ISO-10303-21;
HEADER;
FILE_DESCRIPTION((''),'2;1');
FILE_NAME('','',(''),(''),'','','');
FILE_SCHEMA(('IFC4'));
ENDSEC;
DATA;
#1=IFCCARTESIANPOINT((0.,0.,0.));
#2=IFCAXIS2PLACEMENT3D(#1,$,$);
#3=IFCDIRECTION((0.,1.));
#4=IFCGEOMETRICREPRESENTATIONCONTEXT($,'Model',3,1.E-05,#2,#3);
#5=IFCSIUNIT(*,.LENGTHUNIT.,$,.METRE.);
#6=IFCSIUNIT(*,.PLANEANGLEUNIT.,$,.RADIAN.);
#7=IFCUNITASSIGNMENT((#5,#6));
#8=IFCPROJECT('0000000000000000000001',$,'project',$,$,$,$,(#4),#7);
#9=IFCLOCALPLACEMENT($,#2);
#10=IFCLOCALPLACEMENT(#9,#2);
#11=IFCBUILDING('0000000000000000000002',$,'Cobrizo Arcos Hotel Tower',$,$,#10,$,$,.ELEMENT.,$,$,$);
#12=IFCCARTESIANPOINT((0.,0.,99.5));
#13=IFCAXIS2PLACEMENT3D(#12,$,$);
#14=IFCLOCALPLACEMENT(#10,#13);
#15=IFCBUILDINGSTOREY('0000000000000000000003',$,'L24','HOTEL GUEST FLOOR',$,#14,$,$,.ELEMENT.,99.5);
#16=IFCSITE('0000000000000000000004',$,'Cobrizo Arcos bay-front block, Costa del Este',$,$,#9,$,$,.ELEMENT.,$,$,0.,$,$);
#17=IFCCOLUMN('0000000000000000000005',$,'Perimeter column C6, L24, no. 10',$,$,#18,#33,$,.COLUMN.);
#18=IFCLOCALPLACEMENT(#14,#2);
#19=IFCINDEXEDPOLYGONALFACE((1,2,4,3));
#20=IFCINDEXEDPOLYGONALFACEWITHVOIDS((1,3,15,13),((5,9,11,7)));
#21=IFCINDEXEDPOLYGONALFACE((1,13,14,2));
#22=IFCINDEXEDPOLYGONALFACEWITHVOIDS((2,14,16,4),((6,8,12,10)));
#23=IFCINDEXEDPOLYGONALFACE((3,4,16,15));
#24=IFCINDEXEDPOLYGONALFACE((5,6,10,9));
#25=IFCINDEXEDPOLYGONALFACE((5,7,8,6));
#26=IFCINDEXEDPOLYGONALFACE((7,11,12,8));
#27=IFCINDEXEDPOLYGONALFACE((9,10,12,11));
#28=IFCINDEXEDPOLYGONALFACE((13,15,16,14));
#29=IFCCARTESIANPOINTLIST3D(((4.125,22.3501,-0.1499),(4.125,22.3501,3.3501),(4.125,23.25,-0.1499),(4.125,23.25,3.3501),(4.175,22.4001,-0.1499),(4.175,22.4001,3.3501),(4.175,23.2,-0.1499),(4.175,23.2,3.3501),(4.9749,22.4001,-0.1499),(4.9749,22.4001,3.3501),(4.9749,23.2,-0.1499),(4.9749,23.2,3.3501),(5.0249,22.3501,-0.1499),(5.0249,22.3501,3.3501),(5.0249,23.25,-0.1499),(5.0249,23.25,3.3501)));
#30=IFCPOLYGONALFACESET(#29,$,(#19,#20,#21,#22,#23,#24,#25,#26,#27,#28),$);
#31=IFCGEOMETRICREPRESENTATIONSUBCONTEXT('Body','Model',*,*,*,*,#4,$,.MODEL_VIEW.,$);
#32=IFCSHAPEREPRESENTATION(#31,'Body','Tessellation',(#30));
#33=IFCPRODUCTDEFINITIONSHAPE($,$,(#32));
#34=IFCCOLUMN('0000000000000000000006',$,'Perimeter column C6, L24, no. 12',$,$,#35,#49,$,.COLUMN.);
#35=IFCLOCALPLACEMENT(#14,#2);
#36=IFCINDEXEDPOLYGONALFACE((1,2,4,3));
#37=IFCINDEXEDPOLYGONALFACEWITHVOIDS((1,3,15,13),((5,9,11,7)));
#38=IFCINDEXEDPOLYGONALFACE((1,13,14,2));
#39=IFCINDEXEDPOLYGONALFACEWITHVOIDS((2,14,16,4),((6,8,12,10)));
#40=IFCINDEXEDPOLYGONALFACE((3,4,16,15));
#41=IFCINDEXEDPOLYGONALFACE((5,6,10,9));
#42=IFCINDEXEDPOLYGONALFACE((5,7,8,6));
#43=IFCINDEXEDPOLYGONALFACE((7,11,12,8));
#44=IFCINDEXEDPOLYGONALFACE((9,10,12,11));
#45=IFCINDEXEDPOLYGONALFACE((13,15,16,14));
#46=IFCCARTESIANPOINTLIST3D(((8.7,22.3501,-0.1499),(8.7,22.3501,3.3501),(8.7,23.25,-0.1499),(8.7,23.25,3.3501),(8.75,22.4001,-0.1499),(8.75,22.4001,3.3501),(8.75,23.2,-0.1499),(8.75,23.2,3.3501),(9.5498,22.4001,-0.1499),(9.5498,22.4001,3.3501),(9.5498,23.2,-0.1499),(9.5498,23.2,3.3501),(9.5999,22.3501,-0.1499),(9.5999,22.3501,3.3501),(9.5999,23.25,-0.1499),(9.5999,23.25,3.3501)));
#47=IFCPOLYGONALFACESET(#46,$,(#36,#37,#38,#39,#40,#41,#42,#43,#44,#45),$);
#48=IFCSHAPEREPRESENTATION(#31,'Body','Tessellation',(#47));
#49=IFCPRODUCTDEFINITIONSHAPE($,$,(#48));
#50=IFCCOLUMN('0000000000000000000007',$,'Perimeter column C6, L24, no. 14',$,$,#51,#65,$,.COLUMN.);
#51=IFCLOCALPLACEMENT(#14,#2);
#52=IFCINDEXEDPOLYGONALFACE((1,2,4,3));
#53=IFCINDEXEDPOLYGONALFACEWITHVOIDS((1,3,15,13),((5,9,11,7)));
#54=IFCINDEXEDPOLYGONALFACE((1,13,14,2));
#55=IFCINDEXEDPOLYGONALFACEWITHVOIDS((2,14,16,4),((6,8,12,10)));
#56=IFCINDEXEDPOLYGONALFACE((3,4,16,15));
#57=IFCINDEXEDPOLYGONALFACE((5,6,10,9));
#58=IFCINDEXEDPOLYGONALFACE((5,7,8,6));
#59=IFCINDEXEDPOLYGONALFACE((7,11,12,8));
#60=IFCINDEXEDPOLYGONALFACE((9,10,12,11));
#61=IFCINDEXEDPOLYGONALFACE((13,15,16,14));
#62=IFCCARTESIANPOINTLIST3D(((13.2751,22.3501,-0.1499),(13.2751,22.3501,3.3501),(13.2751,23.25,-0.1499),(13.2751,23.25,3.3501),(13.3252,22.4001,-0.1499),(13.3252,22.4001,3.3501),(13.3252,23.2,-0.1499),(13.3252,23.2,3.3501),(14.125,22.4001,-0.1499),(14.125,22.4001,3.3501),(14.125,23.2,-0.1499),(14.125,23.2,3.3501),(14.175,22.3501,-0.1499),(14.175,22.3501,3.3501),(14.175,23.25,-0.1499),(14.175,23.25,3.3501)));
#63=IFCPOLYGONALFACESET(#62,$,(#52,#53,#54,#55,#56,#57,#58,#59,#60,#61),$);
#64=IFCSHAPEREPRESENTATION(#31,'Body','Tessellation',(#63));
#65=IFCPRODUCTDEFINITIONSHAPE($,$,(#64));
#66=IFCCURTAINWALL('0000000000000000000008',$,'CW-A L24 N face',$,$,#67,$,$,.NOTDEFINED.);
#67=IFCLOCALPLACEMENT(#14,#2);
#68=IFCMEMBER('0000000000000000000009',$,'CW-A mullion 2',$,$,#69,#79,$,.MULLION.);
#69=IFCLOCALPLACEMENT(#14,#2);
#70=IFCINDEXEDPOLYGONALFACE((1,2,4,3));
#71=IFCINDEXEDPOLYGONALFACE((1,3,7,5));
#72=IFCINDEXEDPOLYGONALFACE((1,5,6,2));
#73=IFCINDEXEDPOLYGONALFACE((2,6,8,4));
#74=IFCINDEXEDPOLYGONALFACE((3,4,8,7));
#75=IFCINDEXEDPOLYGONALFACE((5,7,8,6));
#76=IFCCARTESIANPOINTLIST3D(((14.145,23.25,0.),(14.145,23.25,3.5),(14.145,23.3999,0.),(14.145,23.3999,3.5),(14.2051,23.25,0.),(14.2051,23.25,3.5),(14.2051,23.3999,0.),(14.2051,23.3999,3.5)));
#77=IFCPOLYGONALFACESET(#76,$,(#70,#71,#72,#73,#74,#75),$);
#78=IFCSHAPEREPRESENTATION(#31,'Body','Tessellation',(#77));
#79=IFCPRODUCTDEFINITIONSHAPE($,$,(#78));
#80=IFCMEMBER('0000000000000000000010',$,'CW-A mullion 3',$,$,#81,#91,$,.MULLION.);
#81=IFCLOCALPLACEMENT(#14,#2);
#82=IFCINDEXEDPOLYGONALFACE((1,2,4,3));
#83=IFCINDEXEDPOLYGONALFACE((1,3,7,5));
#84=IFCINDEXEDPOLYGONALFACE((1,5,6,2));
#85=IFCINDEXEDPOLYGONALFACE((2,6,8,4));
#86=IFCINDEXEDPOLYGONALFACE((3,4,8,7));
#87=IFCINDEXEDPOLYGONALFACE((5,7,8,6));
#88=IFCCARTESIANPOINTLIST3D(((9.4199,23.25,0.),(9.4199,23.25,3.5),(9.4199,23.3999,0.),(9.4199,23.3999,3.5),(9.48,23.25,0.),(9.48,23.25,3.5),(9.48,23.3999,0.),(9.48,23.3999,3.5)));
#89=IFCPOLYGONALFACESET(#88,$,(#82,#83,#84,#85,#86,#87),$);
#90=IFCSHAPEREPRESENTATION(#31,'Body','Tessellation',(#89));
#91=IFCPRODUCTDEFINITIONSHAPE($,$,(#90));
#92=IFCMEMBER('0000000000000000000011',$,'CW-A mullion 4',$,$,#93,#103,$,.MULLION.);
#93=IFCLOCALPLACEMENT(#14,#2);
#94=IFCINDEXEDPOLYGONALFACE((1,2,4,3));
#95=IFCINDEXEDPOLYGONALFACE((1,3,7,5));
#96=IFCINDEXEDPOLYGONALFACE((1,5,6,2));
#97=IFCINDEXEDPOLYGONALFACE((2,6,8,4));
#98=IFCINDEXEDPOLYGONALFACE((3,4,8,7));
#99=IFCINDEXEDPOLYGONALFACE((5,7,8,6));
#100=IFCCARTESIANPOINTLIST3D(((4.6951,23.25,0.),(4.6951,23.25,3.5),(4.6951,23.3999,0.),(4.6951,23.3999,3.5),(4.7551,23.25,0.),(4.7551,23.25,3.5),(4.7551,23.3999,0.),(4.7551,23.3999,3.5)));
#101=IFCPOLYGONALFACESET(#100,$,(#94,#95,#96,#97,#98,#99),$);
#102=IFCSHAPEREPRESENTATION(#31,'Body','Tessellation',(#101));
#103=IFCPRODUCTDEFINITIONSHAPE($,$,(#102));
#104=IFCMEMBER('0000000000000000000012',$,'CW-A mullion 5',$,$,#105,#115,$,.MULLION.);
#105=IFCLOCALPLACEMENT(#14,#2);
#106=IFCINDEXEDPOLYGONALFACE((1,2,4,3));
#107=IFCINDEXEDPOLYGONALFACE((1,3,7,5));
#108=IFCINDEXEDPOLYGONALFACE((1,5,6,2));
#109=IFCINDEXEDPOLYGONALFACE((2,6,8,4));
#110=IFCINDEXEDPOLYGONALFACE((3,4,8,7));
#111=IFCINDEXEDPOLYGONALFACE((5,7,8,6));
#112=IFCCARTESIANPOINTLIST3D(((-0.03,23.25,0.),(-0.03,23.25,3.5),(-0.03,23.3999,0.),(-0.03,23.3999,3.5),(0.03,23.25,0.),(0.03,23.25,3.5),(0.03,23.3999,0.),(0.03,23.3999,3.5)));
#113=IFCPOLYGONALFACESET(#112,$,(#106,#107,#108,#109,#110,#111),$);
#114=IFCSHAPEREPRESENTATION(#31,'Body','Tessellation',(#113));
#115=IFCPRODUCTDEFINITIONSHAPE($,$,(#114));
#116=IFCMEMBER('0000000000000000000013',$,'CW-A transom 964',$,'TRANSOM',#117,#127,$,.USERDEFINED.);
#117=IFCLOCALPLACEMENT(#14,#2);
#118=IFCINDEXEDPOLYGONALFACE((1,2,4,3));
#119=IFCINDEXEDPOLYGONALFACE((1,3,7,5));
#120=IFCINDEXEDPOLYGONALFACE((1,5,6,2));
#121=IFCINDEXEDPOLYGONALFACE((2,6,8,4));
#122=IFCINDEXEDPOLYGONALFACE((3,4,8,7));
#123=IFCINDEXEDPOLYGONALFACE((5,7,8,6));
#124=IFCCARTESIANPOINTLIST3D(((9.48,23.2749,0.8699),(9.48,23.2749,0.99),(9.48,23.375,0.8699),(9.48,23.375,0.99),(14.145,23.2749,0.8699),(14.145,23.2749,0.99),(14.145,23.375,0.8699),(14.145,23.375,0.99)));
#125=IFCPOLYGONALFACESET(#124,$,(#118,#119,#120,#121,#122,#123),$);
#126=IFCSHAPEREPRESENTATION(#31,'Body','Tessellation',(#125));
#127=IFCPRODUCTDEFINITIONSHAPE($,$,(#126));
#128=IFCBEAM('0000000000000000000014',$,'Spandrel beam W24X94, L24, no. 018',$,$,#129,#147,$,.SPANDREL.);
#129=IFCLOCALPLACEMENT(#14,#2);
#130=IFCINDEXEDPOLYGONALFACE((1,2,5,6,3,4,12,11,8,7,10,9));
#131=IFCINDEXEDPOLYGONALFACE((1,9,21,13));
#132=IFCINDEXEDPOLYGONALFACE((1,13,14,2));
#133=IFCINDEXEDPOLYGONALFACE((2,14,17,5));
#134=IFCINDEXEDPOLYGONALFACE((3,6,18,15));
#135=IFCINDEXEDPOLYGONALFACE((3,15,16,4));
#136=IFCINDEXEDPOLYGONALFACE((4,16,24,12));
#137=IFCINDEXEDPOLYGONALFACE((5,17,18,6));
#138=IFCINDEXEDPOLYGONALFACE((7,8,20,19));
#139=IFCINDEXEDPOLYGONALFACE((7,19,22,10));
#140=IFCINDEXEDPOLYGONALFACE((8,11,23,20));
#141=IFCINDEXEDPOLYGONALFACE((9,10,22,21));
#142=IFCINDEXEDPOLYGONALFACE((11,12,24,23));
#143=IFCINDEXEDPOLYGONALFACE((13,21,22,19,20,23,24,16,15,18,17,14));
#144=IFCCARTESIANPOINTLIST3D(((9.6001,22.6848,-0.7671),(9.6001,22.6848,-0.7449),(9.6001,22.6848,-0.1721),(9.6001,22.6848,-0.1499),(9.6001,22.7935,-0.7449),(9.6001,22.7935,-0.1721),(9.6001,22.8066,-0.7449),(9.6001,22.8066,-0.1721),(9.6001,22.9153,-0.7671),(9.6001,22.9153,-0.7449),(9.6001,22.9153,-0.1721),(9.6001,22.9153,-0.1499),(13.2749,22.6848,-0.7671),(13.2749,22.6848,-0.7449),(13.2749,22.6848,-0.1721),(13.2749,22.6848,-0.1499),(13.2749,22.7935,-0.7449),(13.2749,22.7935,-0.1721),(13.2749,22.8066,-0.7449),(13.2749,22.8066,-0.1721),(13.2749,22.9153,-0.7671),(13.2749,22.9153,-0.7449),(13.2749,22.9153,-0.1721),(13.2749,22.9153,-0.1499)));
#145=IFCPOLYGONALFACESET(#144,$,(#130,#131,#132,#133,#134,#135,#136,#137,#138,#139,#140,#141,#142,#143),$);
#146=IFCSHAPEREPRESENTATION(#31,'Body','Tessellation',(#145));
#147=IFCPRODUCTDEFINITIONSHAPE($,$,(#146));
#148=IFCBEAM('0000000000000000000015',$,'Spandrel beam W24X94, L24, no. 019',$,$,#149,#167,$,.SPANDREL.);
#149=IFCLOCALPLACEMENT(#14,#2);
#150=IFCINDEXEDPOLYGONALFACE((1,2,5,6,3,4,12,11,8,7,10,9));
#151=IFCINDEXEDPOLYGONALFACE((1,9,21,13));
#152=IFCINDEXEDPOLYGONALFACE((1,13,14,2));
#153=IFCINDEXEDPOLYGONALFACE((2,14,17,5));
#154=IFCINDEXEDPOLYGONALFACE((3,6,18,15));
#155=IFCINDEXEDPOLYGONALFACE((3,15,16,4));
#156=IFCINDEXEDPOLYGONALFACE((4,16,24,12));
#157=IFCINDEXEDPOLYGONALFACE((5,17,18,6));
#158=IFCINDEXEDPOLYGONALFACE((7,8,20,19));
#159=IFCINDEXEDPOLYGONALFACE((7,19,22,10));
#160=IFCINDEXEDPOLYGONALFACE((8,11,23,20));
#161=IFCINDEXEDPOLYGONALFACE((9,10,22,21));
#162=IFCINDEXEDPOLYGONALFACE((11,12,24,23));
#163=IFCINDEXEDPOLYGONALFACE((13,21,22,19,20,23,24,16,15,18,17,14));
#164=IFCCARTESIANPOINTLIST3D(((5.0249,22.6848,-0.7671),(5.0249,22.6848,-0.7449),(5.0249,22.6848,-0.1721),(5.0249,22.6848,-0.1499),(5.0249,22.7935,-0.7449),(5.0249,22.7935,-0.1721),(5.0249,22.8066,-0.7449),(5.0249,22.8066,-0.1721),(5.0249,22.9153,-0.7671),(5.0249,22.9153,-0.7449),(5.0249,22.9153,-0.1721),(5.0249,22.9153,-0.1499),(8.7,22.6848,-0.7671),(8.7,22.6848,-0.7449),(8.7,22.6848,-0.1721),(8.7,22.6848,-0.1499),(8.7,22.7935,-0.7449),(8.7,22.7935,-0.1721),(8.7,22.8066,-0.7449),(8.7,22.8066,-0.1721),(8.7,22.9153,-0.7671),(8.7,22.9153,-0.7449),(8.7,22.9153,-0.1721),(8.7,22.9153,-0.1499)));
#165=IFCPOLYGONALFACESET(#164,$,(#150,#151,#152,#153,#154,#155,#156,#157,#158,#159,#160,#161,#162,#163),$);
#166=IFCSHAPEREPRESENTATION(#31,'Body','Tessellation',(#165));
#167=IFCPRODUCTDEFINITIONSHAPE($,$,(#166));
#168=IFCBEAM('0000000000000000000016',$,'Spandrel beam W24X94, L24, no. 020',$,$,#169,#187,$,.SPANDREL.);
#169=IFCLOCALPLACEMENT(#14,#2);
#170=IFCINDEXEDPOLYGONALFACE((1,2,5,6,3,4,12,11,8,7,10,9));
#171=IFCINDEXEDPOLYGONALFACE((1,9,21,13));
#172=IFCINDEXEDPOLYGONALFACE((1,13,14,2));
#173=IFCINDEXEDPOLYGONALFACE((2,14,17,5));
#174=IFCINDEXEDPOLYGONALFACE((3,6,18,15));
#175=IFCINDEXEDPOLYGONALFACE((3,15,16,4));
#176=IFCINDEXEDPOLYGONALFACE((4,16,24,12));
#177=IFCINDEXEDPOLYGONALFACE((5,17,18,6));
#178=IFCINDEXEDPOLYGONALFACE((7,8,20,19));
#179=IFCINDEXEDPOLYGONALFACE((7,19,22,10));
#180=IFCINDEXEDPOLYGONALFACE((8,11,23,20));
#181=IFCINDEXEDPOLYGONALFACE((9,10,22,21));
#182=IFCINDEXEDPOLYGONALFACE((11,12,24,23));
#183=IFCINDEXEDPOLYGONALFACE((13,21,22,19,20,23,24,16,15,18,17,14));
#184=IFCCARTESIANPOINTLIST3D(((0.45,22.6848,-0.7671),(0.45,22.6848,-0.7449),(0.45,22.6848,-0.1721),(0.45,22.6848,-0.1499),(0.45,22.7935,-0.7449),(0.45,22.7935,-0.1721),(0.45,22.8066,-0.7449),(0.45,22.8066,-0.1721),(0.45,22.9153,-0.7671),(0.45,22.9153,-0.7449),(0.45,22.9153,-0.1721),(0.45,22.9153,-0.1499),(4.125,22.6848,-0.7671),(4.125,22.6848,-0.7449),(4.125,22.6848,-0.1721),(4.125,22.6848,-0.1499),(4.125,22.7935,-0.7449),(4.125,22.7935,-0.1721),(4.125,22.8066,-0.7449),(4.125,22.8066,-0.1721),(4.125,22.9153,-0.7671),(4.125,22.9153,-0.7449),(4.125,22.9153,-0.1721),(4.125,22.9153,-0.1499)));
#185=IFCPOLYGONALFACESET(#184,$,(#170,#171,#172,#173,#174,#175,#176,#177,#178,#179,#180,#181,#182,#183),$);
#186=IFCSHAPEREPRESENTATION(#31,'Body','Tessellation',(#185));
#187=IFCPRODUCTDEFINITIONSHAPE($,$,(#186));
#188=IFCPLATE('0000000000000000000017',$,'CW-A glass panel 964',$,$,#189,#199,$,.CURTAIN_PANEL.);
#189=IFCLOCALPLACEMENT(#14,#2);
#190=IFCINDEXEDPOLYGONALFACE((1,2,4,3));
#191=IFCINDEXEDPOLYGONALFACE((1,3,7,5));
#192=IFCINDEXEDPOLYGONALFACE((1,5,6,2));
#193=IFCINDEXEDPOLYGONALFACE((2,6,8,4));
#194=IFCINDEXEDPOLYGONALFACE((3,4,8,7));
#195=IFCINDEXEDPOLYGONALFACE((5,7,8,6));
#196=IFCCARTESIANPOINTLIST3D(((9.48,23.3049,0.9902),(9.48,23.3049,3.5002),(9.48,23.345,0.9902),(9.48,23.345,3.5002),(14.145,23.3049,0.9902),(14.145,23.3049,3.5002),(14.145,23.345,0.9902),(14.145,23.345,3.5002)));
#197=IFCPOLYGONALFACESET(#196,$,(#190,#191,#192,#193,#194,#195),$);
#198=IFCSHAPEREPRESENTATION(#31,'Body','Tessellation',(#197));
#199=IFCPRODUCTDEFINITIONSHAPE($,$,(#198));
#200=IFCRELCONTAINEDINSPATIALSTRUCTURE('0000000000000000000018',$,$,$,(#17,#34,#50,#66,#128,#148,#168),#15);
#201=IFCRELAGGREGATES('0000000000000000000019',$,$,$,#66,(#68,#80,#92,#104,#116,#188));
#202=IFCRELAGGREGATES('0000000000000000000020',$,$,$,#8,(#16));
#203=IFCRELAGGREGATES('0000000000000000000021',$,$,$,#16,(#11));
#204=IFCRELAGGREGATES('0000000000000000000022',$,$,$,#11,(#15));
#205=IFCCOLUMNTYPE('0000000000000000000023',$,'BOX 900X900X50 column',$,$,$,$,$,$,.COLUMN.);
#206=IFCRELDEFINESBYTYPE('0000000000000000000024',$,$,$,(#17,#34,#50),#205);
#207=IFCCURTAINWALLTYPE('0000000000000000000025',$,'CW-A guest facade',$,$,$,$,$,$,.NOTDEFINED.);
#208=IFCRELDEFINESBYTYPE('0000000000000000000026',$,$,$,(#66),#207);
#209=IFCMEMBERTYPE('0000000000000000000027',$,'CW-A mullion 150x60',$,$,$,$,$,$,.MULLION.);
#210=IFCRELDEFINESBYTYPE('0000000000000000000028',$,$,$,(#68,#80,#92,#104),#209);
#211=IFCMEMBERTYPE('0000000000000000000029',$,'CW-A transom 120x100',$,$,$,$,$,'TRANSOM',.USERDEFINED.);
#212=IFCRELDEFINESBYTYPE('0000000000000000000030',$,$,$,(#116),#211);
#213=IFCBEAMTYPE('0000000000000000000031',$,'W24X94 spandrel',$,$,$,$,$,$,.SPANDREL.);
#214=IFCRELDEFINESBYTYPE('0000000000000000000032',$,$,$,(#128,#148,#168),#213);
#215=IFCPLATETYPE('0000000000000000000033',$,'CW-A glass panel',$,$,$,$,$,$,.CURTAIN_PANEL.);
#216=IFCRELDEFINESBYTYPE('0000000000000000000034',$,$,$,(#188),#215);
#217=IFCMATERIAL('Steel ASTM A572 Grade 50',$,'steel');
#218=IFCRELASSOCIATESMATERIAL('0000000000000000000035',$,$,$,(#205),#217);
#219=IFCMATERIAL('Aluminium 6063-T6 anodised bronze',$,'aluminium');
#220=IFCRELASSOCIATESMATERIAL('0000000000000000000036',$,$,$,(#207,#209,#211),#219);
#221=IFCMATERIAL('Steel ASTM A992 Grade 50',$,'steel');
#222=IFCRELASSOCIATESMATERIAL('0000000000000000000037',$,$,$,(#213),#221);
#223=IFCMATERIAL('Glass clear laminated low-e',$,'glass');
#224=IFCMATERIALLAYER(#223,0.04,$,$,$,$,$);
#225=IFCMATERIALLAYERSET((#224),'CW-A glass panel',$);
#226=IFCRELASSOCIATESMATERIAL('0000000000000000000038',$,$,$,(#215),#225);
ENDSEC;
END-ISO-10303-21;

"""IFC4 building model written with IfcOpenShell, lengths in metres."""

from ifc_helpers import new_model, si_unit, direction, frame, origin, origin_2d, place, context, subcontext, project, spatial, rectangle, hollow_rectangle, i_section, extrude, material, layer, layer_set, material_profile, profile_set, type_object, element, aggregate, save


model = new_model("IFC4")

# Units and contexts
model_context = context("Model", 3, precision=1e-05, world=origin(), true_north=direction((0.0, 1.0)))
body_context = subcontext(model_context, "Body", "Model", "MODEL_VIEW")
ifc_project = project(units=[si_unit("LENGTHUNIT", "METRE"), si_unit("PLANEANGLEUNIT", "RADIAN")], contexts=[model_context])

# Site, building, storey
site_placement = place(None, origin())
site = spatial("IfcSite", under=ifc_project, at=site_placement, Name="Cobrizo Arcos bay-front block, Costa del Este", CompositionType="ELEMENT", RefElevation=0.0)
building_placement = place(site_placement, origin())
building = spatial("IfcBuilding", under=site, at=building_placement, Name="Cobrizo Arcos Hotel Tower", CompositionType="ELEMENT")
storey_placement = place(building_placement, frame((0.0, 0.0, 99.5)))
storey = spatial("IfcBuildingStorey", under=building, at=storey_placement, Name="L24", Description="HOTEL GUEST FLOOR", CompositionType="ELEMENT", Elevation=99.5)

# Columns
ifc_material_1 = material(Name="Steel ASTM A572 Grade 50", Category="steel")
ifc_material_profile_1 = material_profile(ifc_material_1, hollow_rectangle(XDim=0.8999, YDim=0.8999, WallThickness=0.05, at=origin_2d()), Name="BOX 900X900X50")
ifc_profile_set_1 = profile_set([ifc_material_profile_1], Name="Steel ASTM A572 Grade 50")
column_type = type_object("IfcColumnType", Name="BOX 900X900X50 column", PredefinedType="COLUMN", material=ifc_profile_set_1)
for number, where, z_axis, x_axis, name in (
    (1, (4.575, 22.8, -0.1499), (0.0, 0.0, 1.0), (1.0, 0.0, 0.0), "Perimeter column C6, L24, no. 10"),
    (2, (9.1499, 22.8, -0.1499), (0.0, 0.0, 1.0), (1.0, 0.0, 0.0), "Perimeter column C6, L24, no. 12"),
    (3, (13.7251, 22.8, -0.1499), (0.0, 0.0, 1.0), (1.0, 0.0, 0.0), "Perimeter column C6, L24, no. 14"),
):
    element("IfcColumn", number, at=place(storey_placement, frame(where, z_axis=z_axis, x_axis=x_axis)), inside=storey, type_object=column_type, Name=name, PredefinedType="COLUMN", context=body_context, shape_type="SweptSolid", body=[
        extrude(hollow_rectangle(XDim=0.8999, YDim=0.8999, WallThickness=0.05, at=origin_2d()), origin(), (0.0, 0.0, 1.0), 3.5),
    ])

# Curtain wall, members
ifc_material_2 = material(Name="Aluminium 6063-T6 anodised bronze", Category="aluminium")
curtain_wall_type = type_object("IfcCurtainWallType", Name="CW-A guest facade", PredefinedType="NOTDEFINED", material=ifc_material_2)
curtain_wall_placement = place(storey_placement, origin())
curtain_wall = element("IfcCurtainWall", 4, at=curtain_wall_placement, inside=storey, type_object=curtain_wall_type, Name="CW-A L24 N face", PredefinedType="NOTDEFINED")
ifc_material_profile_2 = material_profile(ifc_material_2, rectangle(XDim=0.1499, YDim=0.0601, at=origin_2d()), Name="CW-A mullion 150x60")
ifc_profile_set_2 = profile_set([ifc_material_profile_2], Name="Aluminium 6063-T6 anodised bronze")
member_type_1 = type_object("IfcMemberType", Name="CW-A mullion 150x60", PredefinedType="MULLION", material=ifc_profile_set_2)
member_1_placement = place(storey_placement, frame((14.175, 23.325, 0.0), z_axis=(0.0, 0.0, 1.0), x_axis=(0.0, 1.0, 0.0)))
member_1 = element("IfcMember", 5, at=member_1_placement, type_object=member_type_1, Name="CW-A mullion 2", PredefinedType="MULLION", context=body_context, shape_type="SweptSolid", body=[
    extrude(rectangle(XDim=0.1499, YDim=0.0601, at=origin_2d()), origin(), (0.0, 0.0, 1.0), 3.5),
])
member_2_placement = place(storey_placement, frame((9.45, 23.325, 0.0), z_axis=(0.0, 0.0, 1.0), x_axis=(0.0, 1.0, 0.0)))
member_2 = element("IfcMember", 6, at=member_2_placement, type_object=member_type_1, Name="CW-A mullion 3", PredefinedType="MULLION", context=body_context, shape_type="SweptSolid", body=[
    extrude(rectangle(XDim=0.1499, YDim=0.0601, at=origin_2d()), origin(), (0.0, 0.0, 1.0), 3.5),
])
member_3_placement = place(storey_placement, frame((4.7251, 23.325, 0.0), z_axis=(0.0, 0.0, 1.0), x_axis=(0.0, 1.0, 0.0)))
member_3 = element("IfcMember", 7, at=member_3_placement, type_object=member_type_1, Name="CW-A mullion 4", PredefinedType="MULLION", context=body_context, shape_type="SweptSolid", body=[
    extrude(rectangle(XDim=0.1499, YDim=0.0601, at=origin_2d()), origin(), (0.0, 0.0, 1.0), 3.5),
])
member_4_placement = place(storey_placement, frame((0.0, 23.325, 0.0), z_axis=(0.0, 0.0, 1.0), x_axis=(0.0, 1.0, 0.0)))
member_4 = element("IfcMember", 8, at=member_4_placement, type_object=member_type_1, Name="CW-A mullion 5", PredefinedType="MULLION", context=body_context, shape_type="SweptSolid", body=[
    extrude(rectangle(XDim=0.1499, YDim=0.0601, at=origin_2d()), origin(), (0.0, 0.0, 1.0), 3.5),
])
ifc_material_profile_3 = material_profile(ifc_material_2, rectangle(XDim=0.1001, YDim=0.1201, at=origin_2d()), Name="CW-A transom 120x100")
ifc_profile_set_3 = profile_set([ifc_material_profile_3], Name="Aluminium 6063-T6 anodised bronze")
member_type_2 = type_object("IfcMemberType", Name="CW-A transom 120x100", ElementType="TRANSOM", PredefinedType="USERDEFINED", material=ifc_profile_set_3)
member_5_placement = place(storey_placement, frame((14.145, 23.325, 0.9299), z_axis=(-1.0, 0.0, 0.0), x_axis=(0.0, -1.0, 0.0)))
member_5 = element("IfcMember", 9, at=member_5_placement, type_object=member_type_2, Name="CW-A transom 964", ObjectType="TRANSOM", PredefinedType="USERDEFINED", context=body_context, shape_type="SweptSolid", body=[
    extrude(rectangle(XDim=0.1001, YDim=0.1201, at=origin_2d()), origin(), (0.0, 0.0, 1.0), 4.665),
])

# Beams
ifc_material_3 = material(Name="Steel ASTM A992 Grade 50", Category="steel")
ifc_material_profile_4 = material_profile(ifc_material_3, i_section(OverallWidth=0.2305, OverallDepth=0.6172, WebThickness=0.0132, FlangeThickness=0.0222, at=origin_2d()), Name="W24X94")
ifc_profile_set_4 = profile_set([ifc_material_profile_4], Name="Steel ASTM A992 Grade 50")
beam_type = type_object("IfcBeamType", Name="W24X94 spandrel", PredefinedType="SPANDREL", material=ifc_profile_set_4)
beam_placement = place(storey_placement, frame((13.2749, 22.8, -0.4585), z_axis=(-1.0, 0.0, 0.0), x_axis=(0.0, -1.0, 0.0)))
element("IfcBeam", 10, at=beam_placement, inside=storey, type_object=beam_type, Name="Spandrel beam W24X94, L24, no. 018", PredefinedType="SPANDREL", context=body_context, shape_type="SweptSolid", body=[
    extrude(i_section(OverallWidth=0.2305, OverallDepth=0.6172, WebThickness=0.0132, FlangeThickness=0.0222, at=origin_2d()), origin(), (0.0, 0.0, 1.0), 3.6748),
])
for number, where, z_axis, x_axis, name in (
    (11, (8.7, 22.8, -0.4585), (-1.0, 0.0, 0.0), (0.0, -1.0, 0.0), "Spandrel beam W24X94, L24, no. 019"),
    (12, (4.125, 22.8, -0.4585), (-1.0, 0.0, 0.0), (0.0, -1.0, 0.0), "Spandrel beam W24X94, L24, no. 020"),
):
    element("IfcBeam", number, at=place(storey_placement, frame(where, z_axis=z_axis, x_axis=x_axis)), inside=storey, type_object=beam_type, Name=name, PredefinedType="SPANDREL", context=body_context, shape_type="SweptSolid", body=[
        extrude(i_section(OverallWidth=0.2305, OverallDepth=0.6172, WebThickness=0.0132, FlangeThickness=0.0222, at=origin_2d()), origin(), (0.0, 0.0, 1.0), 3.675),
    ])

# Plate
ifc_material_4 = material(Name="Glass clear laminated low-e", Category="glass")
ifc_layer_1 = layer(ifc_material_4, 0.04)
ifc_layer_set_1 = layer_set([ifc_layer_1], Name="CW-A glass panel")
plate_type_1 = type_object("IfcPlateType", Name="CW-A glass panel", PredefinedType="CURTAIN_PANEL", material=ifc_layer_set_1)
plate_1_placement = place(storey_placement, frame((11.8125, 23.325, 0.9902), z_axis=(0.0, 0.0, 1.0), x_axis=(-1.0, 0.0, 0.0)))
plate_1 = element("IfcPlate", 13, at=plate_1_placement, type_object=plate_type_1, Name="CW-A glass panel 964", PredefinedType="CURTAIN_PANEL", context=body_context, shape_type="SweptSolid", body=[
    extrude(rectangle(XDim=4.665, YDim=0.04, at=origin_2d()), origin(), (0.0, 0.0, 1.0), 2.51),
])
aggregate(curtain_wall, [member_1, member_2, member_3, member_4, member_5, plate_1])

save(model, "model.ifc")
